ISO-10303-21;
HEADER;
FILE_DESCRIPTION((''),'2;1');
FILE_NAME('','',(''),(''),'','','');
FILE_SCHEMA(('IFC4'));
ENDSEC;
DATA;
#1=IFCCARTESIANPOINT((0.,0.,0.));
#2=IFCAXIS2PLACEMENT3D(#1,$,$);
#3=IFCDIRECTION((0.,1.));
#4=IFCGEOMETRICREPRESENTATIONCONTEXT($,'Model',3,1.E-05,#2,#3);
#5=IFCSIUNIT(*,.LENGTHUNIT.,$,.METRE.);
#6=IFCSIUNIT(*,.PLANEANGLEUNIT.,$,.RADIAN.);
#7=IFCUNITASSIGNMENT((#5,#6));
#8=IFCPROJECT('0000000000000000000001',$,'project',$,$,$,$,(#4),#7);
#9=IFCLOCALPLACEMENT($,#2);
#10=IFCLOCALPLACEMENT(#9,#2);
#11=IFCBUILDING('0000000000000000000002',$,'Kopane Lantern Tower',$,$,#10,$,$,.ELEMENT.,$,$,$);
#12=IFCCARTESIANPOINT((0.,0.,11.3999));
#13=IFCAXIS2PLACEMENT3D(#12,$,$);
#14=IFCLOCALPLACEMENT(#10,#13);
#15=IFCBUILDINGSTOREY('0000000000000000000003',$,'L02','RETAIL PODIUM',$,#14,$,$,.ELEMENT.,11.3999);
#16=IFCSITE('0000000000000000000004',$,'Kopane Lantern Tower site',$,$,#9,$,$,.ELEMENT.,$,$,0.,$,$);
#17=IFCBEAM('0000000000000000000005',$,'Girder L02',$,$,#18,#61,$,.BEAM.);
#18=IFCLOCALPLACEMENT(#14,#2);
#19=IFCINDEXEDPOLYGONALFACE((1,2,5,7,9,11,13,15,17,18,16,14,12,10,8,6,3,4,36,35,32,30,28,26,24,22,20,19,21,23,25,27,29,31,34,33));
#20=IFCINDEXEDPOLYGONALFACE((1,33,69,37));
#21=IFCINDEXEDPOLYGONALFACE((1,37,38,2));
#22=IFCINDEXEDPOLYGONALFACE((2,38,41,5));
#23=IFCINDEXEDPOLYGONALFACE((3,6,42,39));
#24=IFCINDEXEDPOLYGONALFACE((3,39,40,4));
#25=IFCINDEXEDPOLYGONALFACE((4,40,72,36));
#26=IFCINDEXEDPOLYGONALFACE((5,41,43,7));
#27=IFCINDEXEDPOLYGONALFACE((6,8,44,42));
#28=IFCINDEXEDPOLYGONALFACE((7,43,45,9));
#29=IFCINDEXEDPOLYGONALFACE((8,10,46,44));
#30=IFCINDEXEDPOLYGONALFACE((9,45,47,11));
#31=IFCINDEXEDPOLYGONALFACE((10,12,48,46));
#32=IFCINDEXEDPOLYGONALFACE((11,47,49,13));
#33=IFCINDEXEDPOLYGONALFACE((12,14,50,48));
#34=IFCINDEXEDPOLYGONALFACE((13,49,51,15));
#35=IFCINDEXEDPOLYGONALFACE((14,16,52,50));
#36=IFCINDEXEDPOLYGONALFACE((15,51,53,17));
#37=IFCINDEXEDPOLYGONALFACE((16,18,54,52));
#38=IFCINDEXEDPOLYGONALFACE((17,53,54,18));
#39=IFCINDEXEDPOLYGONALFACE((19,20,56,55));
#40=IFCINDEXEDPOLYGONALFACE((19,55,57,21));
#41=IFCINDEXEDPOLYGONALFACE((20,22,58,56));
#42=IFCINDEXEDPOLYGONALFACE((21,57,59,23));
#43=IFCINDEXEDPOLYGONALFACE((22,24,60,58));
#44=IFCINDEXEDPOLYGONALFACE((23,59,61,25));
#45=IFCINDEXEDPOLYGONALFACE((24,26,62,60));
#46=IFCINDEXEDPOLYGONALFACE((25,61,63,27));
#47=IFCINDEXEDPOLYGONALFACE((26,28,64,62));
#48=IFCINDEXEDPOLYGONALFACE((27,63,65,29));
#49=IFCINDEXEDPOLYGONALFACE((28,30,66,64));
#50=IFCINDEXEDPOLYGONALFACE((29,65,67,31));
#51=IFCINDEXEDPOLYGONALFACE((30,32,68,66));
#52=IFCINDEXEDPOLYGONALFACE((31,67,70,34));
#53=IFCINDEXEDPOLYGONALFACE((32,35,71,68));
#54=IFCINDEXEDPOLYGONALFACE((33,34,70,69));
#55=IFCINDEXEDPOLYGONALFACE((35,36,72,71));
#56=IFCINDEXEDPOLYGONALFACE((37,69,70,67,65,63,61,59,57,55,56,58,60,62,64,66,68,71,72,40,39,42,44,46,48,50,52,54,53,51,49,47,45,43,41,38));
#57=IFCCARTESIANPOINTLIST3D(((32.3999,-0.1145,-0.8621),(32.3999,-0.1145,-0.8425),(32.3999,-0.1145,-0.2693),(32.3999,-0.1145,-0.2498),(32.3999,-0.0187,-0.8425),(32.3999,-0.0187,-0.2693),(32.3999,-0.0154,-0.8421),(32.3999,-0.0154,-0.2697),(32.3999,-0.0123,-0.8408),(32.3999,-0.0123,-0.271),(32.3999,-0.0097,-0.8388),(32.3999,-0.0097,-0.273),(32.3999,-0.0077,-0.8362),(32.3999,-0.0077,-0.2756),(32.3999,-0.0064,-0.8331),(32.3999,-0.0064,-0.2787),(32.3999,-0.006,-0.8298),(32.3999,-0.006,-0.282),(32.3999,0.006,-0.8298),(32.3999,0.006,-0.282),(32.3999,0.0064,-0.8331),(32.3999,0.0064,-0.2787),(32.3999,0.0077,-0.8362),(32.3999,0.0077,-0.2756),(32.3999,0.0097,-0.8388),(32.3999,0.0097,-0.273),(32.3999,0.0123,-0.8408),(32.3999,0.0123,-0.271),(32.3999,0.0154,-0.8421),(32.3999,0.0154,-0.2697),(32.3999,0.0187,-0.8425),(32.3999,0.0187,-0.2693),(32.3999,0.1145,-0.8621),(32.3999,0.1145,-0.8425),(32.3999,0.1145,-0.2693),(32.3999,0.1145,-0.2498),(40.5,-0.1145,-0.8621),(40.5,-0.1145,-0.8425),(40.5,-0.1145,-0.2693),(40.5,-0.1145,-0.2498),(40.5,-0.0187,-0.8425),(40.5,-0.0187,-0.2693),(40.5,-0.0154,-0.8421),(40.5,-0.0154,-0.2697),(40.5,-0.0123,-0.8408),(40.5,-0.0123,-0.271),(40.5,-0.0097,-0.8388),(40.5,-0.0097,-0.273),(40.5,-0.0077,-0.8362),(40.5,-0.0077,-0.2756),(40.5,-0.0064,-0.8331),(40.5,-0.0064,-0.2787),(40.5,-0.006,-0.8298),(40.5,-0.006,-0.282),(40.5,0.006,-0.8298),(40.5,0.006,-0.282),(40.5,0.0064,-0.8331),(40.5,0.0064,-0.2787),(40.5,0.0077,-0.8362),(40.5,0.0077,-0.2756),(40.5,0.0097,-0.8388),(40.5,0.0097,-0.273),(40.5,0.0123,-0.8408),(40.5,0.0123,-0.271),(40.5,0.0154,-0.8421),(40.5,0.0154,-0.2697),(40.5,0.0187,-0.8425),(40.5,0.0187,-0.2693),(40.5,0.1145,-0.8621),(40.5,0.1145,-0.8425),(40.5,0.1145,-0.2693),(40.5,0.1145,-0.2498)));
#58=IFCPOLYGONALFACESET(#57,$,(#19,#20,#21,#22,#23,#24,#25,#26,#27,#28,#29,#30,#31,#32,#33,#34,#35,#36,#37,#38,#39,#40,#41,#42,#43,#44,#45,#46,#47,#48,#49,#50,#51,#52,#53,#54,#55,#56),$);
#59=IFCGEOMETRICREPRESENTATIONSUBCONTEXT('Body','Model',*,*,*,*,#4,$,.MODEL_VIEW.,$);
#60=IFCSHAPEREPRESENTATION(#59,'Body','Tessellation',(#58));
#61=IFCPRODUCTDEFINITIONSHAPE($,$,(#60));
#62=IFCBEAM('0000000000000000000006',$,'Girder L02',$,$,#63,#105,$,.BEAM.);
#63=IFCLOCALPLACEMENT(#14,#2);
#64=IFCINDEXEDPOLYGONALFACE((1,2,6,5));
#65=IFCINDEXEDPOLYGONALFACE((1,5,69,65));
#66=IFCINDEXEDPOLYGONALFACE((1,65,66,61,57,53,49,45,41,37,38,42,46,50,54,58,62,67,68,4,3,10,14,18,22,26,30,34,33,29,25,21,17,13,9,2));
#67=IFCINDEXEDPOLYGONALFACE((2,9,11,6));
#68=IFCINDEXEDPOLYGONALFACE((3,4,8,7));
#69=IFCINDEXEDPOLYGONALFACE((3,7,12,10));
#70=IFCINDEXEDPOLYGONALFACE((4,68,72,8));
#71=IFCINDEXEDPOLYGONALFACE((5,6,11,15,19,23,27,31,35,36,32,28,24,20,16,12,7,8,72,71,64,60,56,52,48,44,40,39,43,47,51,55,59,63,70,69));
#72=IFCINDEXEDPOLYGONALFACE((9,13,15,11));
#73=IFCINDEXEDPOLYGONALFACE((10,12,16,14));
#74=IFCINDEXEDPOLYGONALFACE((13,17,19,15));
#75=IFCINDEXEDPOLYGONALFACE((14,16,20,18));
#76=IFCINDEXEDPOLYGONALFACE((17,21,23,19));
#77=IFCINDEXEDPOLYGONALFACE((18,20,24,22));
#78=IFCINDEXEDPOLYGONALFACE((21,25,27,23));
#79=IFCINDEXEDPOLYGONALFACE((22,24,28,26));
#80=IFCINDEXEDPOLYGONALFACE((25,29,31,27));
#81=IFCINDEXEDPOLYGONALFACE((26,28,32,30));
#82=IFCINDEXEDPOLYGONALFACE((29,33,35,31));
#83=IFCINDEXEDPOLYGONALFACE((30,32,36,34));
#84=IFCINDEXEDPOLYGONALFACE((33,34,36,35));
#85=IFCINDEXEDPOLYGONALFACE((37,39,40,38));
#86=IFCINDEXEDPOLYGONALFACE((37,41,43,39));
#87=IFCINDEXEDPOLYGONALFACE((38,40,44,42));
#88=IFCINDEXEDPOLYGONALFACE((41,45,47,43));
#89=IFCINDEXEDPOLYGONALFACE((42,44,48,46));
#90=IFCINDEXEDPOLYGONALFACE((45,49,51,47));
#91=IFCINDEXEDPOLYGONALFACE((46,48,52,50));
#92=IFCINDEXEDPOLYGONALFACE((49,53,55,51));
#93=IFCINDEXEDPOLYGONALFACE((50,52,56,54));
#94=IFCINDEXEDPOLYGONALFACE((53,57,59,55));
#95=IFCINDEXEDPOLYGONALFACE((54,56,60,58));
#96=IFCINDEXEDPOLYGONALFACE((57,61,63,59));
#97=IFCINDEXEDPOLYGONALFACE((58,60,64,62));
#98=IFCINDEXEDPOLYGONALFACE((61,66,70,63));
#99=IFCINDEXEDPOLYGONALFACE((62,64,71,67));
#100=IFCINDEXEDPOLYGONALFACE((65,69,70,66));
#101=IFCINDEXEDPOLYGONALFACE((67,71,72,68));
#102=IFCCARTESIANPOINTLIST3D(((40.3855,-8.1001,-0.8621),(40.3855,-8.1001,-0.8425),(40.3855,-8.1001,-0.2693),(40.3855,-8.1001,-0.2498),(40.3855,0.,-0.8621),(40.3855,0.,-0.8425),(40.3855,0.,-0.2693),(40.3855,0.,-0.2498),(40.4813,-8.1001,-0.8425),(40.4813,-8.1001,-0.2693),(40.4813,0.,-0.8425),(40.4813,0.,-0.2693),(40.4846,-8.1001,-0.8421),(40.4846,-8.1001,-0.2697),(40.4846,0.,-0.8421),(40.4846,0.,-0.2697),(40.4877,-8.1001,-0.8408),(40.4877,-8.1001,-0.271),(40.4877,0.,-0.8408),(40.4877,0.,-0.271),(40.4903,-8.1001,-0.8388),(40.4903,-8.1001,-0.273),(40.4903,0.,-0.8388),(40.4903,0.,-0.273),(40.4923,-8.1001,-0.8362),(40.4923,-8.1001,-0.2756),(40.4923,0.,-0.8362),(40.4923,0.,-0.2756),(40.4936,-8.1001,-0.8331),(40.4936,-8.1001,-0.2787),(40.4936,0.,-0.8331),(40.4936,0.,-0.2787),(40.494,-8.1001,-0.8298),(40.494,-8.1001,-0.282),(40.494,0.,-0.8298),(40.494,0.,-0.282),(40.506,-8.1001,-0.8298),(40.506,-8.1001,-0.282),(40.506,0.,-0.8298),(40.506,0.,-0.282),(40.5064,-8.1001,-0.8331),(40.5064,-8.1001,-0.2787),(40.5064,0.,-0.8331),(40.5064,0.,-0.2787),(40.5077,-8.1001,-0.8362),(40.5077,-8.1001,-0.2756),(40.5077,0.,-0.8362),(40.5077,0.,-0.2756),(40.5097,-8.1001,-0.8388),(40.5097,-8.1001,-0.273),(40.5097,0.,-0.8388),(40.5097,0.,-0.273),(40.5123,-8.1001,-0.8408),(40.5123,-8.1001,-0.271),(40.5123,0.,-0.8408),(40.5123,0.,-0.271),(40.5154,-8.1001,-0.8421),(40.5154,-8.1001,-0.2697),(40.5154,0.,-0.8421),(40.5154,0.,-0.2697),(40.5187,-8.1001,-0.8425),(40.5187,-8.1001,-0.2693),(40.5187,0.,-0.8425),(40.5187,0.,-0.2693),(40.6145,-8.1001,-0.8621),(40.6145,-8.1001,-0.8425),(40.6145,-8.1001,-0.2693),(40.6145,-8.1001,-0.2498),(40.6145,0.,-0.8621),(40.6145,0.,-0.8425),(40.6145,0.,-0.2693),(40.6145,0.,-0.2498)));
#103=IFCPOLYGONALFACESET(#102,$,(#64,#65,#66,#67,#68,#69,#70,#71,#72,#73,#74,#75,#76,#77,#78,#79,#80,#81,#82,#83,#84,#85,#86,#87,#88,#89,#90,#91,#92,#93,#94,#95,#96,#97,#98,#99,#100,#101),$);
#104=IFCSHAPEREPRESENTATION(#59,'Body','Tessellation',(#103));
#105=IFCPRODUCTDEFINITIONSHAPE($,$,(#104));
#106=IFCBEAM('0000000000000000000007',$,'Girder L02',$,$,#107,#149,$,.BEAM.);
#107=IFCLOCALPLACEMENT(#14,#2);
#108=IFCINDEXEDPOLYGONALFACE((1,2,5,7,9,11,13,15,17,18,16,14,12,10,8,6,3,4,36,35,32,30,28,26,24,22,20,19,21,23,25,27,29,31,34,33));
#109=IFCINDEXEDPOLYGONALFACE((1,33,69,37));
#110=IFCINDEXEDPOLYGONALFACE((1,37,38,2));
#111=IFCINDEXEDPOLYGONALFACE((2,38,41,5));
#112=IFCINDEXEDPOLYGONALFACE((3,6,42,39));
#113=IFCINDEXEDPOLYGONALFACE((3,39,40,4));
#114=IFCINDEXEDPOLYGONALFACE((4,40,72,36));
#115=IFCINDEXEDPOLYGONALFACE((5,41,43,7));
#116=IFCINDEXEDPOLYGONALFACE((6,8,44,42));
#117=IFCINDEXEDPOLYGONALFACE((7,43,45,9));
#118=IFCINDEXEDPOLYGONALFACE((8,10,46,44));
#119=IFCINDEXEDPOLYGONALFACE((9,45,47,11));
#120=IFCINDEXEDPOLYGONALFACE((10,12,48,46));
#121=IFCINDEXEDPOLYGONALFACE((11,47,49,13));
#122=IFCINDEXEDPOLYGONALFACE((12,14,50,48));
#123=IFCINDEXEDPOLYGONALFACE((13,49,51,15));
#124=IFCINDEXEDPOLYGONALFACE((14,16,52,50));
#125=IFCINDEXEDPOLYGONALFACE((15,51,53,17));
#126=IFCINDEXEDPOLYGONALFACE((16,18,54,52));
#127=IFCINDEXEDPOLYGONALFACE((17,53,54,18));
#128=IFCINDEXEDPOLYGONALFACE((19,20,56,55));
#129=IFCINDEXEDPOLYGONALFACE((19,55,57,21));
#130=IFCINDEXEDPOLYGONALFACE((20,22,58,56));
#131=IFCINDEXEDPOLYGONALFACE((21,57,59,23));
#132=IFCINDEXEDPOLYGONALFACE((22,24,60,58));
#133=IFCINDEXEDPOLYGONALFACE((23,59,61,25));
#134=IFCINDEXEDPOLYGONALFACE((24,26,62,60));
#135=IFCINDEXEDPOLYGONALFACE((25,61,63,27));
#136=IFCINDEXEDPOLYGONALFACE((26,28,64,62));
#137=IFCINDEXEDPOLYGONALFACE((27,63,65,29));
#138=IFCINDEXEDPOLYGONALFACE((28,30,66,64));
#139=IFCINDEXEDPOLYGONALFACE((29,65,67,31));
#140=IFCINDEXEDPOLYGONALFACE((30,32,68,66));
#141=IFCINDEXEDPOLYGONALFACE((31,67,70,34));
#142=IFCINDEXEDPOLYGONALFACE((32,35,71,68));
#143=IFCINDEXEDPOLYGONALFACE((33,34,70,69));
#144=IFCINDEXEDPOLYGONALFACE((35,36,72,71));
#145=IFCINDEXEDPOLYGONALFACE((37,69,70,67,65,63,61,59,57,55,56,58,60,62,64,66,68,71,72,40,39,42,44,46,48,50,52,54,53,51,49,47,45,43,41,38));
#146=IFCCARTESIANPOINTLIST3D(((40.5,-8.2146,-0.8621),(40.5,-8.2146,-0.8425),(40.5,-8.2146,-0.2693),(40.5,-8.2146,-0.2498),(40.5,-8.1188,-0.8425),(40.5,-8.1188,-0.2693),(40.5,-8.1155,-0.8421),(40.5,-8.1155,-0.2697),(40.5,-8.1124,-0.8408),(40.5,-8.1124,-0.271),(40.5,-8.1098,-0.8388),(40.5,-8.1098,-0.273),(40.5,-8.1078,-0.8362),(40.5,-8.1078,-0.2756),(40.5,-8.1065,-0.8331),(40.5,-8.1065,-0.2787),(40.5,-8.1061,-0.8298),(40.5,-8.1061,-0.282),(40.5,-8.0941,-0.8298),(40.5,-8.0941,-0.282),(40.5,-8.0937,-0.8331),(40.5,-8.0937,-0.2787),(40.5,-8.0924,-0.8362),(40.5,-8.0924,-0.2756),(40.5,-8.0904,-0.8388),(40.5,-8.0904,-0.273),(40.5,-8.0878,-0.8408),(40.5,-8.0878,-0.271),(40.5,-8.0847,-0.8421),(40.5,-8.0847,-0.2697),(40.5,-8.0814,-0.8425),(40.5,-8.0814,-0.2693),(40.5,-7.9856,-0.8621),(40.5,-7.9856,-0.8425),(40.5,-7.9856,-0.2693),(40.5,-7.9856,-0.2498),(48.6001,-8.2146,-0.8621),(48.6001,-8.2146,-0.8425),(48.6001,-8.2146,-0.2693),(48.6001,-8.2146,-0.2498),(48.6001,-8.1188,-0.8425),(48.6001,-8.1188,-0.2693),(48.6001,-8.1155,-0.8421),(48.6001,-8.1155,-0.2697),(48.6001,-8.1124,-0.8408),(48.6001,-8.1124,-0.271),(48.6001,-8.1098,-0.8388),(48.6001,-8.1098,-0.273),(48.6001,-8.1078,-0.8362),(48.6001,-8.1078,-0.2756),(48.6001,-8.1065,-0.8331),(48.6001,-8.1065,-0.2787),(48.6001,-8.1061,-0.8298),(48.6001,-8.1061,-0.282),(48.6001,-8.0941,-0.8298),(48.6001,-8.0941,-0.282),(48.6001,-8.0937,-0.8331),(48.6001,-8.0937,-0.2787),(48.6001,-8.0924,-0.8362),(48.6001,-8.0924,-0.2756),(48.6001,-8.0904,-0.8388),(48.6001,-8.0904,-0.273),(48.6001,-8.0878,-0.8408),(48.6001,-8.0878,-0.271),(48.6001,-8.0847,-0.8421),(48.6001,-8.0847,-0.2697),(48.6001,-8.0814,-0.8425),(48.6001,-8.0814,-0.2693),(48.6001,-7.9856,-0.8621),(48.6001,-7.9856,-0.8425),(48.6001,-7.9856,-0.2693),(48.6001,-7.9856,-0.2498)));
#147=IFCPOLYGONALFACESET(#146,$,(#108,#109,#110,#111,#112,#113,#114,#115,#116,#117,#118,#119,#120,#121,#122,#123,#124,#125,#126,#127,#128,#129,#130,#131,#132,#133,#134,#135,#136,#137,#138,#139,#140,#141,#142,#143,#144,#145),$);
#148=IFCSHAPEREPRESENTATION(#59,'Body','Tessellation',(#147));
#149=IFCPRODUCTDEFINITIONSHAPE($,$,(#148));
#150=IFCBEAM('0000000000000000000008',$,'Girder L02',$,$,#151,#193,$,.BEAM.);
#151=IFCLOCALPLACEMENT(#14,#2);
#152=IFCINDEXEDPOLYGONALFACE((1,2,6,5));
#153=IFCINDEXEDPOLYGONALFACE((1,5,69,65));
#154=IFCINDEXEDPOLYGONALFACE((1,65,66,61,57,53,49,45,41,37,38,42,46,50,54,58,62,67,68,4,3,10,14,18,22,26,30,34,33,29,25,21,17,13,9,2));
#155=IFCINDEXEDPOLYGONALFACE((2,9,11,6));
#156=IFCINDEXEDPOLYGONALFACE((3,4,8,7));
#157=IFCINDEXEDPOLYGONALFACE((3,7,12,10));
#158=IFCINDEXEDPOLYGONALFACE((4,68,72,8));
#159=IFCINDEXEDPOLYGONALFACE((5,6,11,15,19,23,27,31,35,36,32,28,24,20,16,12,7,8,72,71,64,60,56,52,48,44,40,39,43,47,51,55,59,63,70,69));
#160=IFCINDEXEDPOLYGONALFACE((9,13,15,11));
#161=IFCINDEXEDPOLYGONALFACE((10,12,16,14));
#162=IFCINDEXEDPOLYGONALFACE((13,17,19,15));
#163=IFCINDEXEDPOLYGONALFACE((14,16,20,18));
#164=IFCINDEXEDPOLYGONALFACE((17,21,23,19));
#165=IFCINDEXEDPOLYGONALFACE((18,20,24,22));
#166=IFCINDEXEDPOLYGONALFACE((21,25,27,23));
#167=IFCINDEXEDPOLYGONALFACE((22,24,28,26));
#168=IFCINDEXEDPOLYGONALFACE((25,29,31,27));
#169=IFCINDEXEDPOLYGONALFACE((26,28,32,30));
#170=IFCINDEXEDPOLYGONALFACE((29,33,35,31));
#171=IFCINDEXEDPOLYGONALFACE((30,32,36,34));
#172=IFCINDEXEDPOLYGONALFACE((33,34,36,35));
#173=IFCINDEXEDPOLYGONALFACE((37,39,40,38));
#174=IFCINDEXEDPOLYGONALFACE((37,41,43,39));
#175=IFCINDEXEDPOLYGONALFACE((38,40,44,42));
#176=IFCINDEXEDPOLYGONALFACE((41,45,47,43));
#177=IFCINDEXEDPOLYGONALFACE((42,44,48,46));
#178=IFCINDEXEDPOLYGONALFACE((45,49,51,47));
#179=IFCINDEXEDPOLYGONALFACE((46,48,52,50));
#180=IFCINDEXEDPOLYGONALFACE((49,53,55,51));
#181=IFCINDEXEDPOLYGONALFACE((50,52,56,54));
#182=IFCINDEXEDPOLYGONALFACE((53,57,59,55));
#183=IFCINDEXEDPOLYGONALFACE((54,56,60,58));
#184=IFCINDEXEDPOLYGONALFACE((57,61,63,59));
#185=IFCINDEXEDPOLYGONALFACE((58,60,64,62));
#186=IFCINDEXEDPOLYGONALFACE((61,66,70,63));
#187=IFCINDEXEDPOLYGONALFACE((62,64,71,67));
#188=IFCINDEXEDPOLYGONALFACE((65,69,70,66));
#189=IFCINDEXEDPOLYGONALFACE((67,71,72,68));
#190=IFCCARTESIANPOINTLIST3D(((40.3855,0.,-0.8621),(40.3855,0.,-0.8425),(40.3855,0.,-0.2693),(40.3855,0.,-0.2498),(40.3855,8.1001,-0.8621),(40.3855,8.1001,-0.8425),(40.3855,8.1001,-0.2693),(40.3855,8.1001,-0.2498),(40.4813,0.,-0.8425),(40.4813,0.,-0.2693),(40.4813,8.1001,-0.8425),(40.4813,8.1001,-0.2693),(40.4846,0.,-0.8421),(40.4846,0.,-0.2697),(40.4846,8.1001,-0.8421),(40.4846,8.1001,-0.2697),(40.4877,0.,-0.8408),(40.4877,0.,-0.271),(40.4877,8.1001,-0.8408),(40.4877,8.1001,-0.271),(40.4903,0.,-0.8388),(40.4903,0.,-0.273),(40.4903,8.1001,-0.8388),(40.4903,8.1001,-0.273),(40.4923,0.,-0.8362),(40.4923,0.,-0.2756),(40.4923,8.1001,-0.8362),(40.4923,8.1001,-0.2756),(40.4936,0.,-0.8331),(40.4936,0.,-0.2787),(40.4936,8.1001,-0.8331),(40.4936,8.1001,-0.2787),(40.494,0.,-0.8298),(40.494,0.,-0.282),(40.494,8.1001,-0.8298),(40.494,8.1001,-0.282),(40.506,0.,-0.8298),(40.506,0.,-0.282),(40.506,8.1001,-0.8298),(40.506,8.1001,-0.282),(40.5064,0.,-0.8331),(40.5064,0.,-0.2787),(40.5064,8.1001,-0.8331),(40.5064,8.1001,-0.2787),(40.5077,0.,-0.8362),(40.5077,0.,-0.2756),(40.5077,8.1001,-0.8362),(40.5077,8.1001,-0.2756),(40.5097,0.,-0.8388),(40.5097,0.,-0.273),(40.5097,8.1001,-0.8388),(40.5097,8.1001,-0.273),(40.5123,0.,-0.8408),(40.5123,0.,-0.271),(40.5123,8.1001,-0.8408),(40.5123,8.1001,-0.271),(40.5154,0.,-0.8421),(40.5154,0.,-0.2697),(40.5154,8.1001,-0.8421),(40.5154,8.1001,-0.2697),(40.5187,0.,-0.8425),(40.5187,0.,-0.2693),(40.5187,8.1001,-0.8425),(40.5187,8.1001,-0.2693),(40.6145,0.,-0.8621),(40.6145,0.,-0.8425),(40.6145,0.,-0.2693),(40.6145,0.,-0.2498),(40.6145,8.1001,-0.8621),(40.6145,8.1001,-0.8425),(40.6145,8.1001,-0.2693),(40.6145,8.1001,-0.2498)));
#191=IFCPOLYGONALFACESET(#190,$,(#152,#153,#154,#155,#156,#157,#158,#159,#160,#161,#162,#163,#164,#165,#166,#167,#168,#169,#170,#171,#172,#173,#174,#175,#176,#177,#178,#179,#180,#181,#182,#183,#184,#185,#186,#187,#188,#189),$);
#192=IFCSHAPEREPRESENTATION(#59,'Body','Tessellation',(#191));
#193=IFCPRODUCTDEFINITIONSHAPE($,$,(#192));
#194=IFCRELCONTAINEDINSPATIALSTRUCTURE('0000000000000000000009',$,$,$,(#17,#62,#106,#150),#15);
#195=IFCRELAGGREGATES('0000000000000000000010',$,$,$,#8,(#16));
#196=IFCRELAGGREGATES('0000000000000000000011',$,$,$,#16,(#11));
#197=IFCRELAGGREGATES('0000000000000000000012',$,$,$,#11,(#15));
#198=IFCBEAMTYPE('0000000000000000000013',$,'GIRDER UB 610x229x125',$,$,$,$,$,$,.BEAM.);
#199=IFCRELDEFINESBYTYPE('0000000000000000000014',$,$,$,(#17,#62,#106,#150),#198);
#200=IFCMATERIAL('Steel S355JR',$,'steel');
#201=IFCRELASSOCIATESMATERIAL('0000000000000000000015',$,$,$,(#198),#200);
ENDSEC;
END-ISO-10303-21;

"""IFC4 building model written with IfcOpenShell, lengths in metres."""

from ifc_helpers import new_model, si_unit, direction, frame, origin, origin_2d, place, context, subcontext, project, spatial, i_section, extrude, material, material_profile, profile_set, type_object, element, save


model = new_model("IFC4")

# Units and contexts
model_context = context("Model", 3, precision=1e-05, world=origin(), true_north=direction((0.0, 1.0)))
body_context = subcontext(model_context, "Body", "Model", "MODEL_VIEW")
ifc_project = project(units=[si_unit("LENGTHUNIT", "METRE"), si_unit("PLANEANGLEUNIT", "RADIAN")], contexts=[model_context])

# Site, building, storey
site_placement = place(None, origin())
site = spatial("IfcSite", under=ifc_project, at=site_placement, Name="Kopane Lantern Tower site", CompositionType="ELEMENT", RefElevation=0.0)
building_placement = place(site_placement, origin())
building = spatial("IfcBuilding", under=site, at=building_placement, Name="Kopane Lantern Tower", CompositionType="ELEMENT")
storey_placement = place(building_placement, frame((0.0, 0.0, 11.3999)))
storey = spatial("IfcBuildingStorey", under=building, at=storey_placement, Name="L02", Description="RETAIL PODIUM", CompositionType="ELEMENT", Elevation=11.3999)

# Beams
ifc_material_1 = material(Name="Steel S355JR", Category="steel")
ifc_material_profile_1 = material_profile(ifc_material_1, i_section(OverallWidth=0.229, OverallDepth=0.6123, WebThickness=0.012, FlangeThickness=0.0195, FilletRadius=0.0127, at=origin_2d()), Name="UB 610x229x125")
ifc_profile_set_1 = profile_set([ifc_material_profile_1], Name="Steel S355JR")
beam_type = type_object("IfcBeamType", Name="GIRDER UB 610x229x125", PredefinedType="BEAM", material=ifc_profile_set_1)
for number, where, z_axis, x_axis, name in (
    (1, (32.3999, 0.0, -0.5559), (1.0, 0.0, 0.0), (0.0, 1.0, 0.0), "Girder L02"),
    (2, (40.5, -8.1001, -0.5559), (0.0, 1.0, 0.0), (-1.0, 0.0, 0.0), "Girder L02"),
    (3, (40.5, -8.1001, -0.5559), (1.0, 0.0, 0.0), (0.0, 1.0, 0.0), "Girder L02"),
    (4, (40.5, 0.0, -0.5559), (0.0, 1.0, 0.0), (-1.0, 0.0, 0.0), "Girder L02"),
):
    element("IfcBeam", number, at=place(storey_placement, frame(where, z_axis=z_axis, x_axis=x_axis)), inside=storey, type_object=beam_type, Name=name, PredefinedType="BEAM", context=body_context, shape_type="SweptSolid", body=[
        extrude(i_section(OverallWidth=0.229, OverallDepth=0.6123, WebThickness=0.012, FlangeThickness=0.0195, FilletRadius=0.0127, at=origin_2d()), origin(), (0.0, 0.0, 1.0), 8.1001),
    ])

save(model, "model.ifc")
